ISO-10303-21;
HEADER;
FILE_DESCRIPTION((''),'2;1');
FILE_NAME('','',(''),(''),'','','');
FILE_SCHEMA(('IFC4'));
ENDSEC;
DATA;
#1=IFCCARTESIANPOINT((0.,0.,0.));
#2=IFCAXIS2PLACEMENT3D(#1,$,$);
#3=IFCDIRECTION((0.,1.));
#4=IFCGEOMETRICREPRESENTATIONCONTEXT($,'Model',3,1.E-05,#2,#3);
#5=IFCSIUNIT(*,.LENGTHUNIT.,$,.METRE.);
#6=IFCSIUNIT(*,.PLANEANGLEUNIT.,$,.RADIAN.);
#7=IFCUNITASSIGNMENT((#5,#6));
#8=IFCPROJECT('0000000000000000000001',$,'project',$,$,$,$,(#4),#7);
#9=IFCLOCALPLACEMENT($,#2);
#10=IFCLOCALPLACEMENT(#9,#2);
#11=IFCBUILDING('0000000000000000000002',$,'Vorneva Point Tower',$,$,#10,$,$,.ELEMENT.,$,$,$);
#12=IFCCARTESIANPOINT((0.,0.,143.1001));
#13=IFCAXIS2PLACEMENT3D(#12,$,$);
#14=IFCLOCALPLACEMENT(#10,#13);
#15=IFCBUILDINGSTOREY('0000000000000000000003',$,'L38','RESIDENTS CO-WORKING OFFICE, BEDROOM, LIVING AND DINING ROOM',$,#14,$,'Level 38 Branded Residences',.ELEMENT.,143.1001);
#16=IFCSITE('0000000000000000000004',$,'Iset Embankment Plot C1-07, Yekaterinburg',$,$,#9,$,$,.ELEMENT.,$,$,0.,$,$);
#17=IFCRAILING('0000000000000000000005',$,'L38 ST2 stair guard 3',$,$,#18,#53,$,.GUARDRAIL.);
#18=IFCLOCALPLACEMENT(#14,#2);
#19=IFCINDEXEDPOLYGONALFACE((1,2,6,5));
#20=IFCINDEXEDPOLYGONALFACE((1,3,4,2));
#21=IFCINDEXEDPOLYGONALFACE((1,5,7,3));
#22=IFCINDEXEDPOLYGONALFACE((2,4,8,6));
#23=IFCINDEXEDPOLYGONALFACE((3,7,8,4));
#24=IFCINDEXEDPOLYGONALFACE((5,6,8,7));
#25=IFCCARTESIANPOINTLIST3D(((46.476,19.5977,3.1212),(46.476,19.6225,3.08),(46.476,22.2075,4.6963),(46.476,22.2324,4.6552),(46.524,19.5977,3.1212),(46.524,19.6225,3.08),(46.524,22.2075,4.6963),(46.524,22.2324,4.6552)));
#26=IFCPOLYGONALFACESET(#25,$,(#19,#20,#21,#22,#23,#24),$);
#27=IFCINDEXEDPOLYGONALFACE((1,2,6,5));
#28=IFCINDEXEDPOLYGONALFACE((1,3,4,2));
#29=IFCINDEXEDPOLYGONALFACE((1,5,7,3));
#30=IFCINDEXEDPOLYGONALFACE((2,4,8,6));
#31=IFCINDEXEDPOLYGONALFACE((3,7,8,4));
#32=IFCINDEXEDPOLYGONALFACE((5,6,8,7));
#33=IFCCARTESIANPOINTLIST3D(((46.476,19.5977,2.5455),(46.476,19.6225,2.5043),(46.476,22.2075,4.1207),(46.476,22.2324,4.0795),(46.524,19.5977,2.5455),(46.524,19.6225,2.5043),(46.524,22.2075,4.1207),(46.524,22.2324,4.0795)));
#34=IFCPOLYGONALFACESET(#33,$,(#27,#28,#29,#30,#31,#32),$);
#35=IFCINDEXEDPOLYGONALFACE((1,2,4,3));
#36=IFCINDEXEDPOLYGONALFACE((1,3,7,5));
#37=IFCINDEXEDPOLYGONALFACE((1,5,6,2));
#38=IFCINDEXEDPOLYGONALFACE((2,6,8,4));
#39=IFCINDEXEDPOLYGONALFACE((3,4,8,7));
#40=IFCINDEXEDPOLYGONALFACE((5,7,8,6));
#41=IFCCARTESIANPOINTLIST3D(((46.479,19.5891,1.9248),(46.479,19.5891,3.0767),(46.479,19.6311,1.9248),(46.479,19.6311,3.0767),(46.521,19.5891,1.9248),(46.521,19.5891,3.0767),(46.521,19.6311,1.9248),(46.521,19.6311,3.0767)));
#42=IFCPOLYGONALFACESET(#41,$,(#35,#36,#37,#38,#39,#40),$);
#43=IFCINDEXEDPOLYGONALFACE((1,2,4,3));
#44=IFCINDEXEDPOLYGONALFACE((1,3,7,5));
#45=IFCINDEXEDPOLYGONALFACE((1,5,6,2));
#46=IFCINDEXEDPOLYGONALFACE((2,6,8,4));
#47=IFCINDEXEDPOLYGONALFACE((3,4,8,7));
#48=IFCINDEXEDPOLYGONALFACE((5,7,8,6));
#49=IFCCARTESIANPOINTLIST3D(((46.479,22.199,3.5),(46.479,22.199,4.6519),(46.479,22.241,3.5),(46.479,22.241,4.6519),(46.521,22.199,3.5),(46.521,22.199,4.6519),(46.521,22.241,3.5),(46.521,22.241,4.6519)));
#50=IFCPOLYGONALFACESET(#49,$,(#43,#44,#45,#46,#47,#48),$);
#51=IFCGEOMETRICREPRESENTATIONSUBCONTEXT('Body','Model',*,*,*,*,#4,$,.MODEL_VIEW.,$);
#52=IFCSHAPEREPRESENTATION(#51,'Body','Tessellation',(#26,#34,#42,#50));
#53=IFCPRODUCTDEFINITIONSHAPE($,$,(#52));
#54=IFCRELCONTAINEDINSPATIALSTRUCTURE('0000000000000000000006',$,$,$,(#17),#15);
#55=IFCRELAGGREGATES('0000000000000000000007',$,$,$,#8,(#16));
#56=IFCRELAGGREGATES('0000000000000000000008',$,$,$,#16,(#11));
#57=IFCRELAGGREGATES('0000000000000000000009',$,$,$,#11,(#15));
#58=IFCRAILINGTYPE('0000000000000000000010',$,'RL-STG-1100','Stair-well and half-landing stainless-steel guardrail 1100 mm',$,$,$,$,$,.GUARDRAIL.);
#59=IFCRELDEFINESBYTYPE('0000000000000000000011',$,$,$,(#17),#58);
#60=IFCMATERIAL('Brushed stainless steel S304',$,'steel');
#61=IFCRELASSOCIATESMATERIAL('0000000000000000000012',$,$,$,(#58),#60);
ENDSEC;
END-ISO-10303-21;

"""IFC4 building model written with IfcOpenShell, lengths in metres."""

from ifc_helpers import new_model, si_unit, direction, frame, origin, origin_2d, place, context, subcontext, project, spatial, rectangle, extrude, material, type_object, element, save


model = new_model("IFC4")

# Units and contexts
model_context = context("Model", 3, precision=1e-05, world=origin(), true_north=direction((0.0, 1.0)))
body_context = subcontext(model_context, "Body", "Model", "MODEL_VIEW")
ifc_project = project(units=[si_unit("LENGTHUNIT", "METRE"), si_unit("PLANEANGLEUNIT", "RADIAN")], contexts=[model_context])

# Site, building, storey
site_placement = place(None, origin())
site = spatial("IfcSite", under=ifc_project, at=site_placement, Name="Iset Embankment Plot C1-07, Yekaterinburg", CompositionType="ELEMENT", RefElevation=0.0)
building_placement = place(site_placement, origin())
building = spatial("IfcBuilding", under=site, at=building_placement, Name="Vorneva Point Tower", CompositionType="ELEMENT")
storey_placement = place(building_placement, frame((0.0, 0.0, 143.1001)))
storey = spatial("IfcBuildingStorey", under=building, at=storey_placement, Name="L38", Description="RESIDENTS CO-WORKING OFFICE, BEDROOM, LIVING AND DINING ROOM", LongName="Level 38 Branded Residences", CompositionType="ELEMENT", Elevation=143.1001)

# Railing
ifc_material_1 = material(Name="Brushed stainless steel S304", Category="steel")
railing_type_1 = type_object("IfcRailingType", Name="RL-STG-1100", Description="Stair-well and half-landing stainless-steel guardrail 1100 mm", PredefinedType="GUARDRAIL", material=ifc_material_1)
railing_1_placement = place(storey_placement, frame((46.5, 19.6101, 1.9248)))
element("IfcRailing", 1, at=railing_1_placement, inside=storey, type_object=railing_type_1, Name="L38 ST2 stair guard 3", PredefinedType="GUARDRAIL", context=body_context, shape_type="SweptSolid", body=[
    extrude(rectangle(XDim=0.0481, YDim=0.0481, at=origin_2d()), frame((0.0, 0.0, 1.1758), z_axis=(0.0, 0.856147, 0.516732), x_axis=(-1.0, 0.0, 0.0)), (0.0, 0.0, 1.0), 3.0483),
    extrude(rectangle(XDim=0.0481, YDim=0.0481, at=origin_2d()), frame((0.0, 0.0, 0.6001), z_axis=(0.0, 0.856147, 0.516732), x_axis=(-1.0, 0.0, 0.0)), (0.0, 0.0, 1.0), 3.0483),
    extrude(rectangle(XDim=0.042, YDim=0.042, at=origin_2d()), origin(), (0.0, 0.0, 1.0), 1.1519),
    extrude(rectangle(XDim=0.042, YDim=0.042, at=origin_2d()), frame((0.0, 2.6099, 1.5752)), (0.0, 0.0, 1.0), 1.1519),
])

save(model, "model.ifc")
